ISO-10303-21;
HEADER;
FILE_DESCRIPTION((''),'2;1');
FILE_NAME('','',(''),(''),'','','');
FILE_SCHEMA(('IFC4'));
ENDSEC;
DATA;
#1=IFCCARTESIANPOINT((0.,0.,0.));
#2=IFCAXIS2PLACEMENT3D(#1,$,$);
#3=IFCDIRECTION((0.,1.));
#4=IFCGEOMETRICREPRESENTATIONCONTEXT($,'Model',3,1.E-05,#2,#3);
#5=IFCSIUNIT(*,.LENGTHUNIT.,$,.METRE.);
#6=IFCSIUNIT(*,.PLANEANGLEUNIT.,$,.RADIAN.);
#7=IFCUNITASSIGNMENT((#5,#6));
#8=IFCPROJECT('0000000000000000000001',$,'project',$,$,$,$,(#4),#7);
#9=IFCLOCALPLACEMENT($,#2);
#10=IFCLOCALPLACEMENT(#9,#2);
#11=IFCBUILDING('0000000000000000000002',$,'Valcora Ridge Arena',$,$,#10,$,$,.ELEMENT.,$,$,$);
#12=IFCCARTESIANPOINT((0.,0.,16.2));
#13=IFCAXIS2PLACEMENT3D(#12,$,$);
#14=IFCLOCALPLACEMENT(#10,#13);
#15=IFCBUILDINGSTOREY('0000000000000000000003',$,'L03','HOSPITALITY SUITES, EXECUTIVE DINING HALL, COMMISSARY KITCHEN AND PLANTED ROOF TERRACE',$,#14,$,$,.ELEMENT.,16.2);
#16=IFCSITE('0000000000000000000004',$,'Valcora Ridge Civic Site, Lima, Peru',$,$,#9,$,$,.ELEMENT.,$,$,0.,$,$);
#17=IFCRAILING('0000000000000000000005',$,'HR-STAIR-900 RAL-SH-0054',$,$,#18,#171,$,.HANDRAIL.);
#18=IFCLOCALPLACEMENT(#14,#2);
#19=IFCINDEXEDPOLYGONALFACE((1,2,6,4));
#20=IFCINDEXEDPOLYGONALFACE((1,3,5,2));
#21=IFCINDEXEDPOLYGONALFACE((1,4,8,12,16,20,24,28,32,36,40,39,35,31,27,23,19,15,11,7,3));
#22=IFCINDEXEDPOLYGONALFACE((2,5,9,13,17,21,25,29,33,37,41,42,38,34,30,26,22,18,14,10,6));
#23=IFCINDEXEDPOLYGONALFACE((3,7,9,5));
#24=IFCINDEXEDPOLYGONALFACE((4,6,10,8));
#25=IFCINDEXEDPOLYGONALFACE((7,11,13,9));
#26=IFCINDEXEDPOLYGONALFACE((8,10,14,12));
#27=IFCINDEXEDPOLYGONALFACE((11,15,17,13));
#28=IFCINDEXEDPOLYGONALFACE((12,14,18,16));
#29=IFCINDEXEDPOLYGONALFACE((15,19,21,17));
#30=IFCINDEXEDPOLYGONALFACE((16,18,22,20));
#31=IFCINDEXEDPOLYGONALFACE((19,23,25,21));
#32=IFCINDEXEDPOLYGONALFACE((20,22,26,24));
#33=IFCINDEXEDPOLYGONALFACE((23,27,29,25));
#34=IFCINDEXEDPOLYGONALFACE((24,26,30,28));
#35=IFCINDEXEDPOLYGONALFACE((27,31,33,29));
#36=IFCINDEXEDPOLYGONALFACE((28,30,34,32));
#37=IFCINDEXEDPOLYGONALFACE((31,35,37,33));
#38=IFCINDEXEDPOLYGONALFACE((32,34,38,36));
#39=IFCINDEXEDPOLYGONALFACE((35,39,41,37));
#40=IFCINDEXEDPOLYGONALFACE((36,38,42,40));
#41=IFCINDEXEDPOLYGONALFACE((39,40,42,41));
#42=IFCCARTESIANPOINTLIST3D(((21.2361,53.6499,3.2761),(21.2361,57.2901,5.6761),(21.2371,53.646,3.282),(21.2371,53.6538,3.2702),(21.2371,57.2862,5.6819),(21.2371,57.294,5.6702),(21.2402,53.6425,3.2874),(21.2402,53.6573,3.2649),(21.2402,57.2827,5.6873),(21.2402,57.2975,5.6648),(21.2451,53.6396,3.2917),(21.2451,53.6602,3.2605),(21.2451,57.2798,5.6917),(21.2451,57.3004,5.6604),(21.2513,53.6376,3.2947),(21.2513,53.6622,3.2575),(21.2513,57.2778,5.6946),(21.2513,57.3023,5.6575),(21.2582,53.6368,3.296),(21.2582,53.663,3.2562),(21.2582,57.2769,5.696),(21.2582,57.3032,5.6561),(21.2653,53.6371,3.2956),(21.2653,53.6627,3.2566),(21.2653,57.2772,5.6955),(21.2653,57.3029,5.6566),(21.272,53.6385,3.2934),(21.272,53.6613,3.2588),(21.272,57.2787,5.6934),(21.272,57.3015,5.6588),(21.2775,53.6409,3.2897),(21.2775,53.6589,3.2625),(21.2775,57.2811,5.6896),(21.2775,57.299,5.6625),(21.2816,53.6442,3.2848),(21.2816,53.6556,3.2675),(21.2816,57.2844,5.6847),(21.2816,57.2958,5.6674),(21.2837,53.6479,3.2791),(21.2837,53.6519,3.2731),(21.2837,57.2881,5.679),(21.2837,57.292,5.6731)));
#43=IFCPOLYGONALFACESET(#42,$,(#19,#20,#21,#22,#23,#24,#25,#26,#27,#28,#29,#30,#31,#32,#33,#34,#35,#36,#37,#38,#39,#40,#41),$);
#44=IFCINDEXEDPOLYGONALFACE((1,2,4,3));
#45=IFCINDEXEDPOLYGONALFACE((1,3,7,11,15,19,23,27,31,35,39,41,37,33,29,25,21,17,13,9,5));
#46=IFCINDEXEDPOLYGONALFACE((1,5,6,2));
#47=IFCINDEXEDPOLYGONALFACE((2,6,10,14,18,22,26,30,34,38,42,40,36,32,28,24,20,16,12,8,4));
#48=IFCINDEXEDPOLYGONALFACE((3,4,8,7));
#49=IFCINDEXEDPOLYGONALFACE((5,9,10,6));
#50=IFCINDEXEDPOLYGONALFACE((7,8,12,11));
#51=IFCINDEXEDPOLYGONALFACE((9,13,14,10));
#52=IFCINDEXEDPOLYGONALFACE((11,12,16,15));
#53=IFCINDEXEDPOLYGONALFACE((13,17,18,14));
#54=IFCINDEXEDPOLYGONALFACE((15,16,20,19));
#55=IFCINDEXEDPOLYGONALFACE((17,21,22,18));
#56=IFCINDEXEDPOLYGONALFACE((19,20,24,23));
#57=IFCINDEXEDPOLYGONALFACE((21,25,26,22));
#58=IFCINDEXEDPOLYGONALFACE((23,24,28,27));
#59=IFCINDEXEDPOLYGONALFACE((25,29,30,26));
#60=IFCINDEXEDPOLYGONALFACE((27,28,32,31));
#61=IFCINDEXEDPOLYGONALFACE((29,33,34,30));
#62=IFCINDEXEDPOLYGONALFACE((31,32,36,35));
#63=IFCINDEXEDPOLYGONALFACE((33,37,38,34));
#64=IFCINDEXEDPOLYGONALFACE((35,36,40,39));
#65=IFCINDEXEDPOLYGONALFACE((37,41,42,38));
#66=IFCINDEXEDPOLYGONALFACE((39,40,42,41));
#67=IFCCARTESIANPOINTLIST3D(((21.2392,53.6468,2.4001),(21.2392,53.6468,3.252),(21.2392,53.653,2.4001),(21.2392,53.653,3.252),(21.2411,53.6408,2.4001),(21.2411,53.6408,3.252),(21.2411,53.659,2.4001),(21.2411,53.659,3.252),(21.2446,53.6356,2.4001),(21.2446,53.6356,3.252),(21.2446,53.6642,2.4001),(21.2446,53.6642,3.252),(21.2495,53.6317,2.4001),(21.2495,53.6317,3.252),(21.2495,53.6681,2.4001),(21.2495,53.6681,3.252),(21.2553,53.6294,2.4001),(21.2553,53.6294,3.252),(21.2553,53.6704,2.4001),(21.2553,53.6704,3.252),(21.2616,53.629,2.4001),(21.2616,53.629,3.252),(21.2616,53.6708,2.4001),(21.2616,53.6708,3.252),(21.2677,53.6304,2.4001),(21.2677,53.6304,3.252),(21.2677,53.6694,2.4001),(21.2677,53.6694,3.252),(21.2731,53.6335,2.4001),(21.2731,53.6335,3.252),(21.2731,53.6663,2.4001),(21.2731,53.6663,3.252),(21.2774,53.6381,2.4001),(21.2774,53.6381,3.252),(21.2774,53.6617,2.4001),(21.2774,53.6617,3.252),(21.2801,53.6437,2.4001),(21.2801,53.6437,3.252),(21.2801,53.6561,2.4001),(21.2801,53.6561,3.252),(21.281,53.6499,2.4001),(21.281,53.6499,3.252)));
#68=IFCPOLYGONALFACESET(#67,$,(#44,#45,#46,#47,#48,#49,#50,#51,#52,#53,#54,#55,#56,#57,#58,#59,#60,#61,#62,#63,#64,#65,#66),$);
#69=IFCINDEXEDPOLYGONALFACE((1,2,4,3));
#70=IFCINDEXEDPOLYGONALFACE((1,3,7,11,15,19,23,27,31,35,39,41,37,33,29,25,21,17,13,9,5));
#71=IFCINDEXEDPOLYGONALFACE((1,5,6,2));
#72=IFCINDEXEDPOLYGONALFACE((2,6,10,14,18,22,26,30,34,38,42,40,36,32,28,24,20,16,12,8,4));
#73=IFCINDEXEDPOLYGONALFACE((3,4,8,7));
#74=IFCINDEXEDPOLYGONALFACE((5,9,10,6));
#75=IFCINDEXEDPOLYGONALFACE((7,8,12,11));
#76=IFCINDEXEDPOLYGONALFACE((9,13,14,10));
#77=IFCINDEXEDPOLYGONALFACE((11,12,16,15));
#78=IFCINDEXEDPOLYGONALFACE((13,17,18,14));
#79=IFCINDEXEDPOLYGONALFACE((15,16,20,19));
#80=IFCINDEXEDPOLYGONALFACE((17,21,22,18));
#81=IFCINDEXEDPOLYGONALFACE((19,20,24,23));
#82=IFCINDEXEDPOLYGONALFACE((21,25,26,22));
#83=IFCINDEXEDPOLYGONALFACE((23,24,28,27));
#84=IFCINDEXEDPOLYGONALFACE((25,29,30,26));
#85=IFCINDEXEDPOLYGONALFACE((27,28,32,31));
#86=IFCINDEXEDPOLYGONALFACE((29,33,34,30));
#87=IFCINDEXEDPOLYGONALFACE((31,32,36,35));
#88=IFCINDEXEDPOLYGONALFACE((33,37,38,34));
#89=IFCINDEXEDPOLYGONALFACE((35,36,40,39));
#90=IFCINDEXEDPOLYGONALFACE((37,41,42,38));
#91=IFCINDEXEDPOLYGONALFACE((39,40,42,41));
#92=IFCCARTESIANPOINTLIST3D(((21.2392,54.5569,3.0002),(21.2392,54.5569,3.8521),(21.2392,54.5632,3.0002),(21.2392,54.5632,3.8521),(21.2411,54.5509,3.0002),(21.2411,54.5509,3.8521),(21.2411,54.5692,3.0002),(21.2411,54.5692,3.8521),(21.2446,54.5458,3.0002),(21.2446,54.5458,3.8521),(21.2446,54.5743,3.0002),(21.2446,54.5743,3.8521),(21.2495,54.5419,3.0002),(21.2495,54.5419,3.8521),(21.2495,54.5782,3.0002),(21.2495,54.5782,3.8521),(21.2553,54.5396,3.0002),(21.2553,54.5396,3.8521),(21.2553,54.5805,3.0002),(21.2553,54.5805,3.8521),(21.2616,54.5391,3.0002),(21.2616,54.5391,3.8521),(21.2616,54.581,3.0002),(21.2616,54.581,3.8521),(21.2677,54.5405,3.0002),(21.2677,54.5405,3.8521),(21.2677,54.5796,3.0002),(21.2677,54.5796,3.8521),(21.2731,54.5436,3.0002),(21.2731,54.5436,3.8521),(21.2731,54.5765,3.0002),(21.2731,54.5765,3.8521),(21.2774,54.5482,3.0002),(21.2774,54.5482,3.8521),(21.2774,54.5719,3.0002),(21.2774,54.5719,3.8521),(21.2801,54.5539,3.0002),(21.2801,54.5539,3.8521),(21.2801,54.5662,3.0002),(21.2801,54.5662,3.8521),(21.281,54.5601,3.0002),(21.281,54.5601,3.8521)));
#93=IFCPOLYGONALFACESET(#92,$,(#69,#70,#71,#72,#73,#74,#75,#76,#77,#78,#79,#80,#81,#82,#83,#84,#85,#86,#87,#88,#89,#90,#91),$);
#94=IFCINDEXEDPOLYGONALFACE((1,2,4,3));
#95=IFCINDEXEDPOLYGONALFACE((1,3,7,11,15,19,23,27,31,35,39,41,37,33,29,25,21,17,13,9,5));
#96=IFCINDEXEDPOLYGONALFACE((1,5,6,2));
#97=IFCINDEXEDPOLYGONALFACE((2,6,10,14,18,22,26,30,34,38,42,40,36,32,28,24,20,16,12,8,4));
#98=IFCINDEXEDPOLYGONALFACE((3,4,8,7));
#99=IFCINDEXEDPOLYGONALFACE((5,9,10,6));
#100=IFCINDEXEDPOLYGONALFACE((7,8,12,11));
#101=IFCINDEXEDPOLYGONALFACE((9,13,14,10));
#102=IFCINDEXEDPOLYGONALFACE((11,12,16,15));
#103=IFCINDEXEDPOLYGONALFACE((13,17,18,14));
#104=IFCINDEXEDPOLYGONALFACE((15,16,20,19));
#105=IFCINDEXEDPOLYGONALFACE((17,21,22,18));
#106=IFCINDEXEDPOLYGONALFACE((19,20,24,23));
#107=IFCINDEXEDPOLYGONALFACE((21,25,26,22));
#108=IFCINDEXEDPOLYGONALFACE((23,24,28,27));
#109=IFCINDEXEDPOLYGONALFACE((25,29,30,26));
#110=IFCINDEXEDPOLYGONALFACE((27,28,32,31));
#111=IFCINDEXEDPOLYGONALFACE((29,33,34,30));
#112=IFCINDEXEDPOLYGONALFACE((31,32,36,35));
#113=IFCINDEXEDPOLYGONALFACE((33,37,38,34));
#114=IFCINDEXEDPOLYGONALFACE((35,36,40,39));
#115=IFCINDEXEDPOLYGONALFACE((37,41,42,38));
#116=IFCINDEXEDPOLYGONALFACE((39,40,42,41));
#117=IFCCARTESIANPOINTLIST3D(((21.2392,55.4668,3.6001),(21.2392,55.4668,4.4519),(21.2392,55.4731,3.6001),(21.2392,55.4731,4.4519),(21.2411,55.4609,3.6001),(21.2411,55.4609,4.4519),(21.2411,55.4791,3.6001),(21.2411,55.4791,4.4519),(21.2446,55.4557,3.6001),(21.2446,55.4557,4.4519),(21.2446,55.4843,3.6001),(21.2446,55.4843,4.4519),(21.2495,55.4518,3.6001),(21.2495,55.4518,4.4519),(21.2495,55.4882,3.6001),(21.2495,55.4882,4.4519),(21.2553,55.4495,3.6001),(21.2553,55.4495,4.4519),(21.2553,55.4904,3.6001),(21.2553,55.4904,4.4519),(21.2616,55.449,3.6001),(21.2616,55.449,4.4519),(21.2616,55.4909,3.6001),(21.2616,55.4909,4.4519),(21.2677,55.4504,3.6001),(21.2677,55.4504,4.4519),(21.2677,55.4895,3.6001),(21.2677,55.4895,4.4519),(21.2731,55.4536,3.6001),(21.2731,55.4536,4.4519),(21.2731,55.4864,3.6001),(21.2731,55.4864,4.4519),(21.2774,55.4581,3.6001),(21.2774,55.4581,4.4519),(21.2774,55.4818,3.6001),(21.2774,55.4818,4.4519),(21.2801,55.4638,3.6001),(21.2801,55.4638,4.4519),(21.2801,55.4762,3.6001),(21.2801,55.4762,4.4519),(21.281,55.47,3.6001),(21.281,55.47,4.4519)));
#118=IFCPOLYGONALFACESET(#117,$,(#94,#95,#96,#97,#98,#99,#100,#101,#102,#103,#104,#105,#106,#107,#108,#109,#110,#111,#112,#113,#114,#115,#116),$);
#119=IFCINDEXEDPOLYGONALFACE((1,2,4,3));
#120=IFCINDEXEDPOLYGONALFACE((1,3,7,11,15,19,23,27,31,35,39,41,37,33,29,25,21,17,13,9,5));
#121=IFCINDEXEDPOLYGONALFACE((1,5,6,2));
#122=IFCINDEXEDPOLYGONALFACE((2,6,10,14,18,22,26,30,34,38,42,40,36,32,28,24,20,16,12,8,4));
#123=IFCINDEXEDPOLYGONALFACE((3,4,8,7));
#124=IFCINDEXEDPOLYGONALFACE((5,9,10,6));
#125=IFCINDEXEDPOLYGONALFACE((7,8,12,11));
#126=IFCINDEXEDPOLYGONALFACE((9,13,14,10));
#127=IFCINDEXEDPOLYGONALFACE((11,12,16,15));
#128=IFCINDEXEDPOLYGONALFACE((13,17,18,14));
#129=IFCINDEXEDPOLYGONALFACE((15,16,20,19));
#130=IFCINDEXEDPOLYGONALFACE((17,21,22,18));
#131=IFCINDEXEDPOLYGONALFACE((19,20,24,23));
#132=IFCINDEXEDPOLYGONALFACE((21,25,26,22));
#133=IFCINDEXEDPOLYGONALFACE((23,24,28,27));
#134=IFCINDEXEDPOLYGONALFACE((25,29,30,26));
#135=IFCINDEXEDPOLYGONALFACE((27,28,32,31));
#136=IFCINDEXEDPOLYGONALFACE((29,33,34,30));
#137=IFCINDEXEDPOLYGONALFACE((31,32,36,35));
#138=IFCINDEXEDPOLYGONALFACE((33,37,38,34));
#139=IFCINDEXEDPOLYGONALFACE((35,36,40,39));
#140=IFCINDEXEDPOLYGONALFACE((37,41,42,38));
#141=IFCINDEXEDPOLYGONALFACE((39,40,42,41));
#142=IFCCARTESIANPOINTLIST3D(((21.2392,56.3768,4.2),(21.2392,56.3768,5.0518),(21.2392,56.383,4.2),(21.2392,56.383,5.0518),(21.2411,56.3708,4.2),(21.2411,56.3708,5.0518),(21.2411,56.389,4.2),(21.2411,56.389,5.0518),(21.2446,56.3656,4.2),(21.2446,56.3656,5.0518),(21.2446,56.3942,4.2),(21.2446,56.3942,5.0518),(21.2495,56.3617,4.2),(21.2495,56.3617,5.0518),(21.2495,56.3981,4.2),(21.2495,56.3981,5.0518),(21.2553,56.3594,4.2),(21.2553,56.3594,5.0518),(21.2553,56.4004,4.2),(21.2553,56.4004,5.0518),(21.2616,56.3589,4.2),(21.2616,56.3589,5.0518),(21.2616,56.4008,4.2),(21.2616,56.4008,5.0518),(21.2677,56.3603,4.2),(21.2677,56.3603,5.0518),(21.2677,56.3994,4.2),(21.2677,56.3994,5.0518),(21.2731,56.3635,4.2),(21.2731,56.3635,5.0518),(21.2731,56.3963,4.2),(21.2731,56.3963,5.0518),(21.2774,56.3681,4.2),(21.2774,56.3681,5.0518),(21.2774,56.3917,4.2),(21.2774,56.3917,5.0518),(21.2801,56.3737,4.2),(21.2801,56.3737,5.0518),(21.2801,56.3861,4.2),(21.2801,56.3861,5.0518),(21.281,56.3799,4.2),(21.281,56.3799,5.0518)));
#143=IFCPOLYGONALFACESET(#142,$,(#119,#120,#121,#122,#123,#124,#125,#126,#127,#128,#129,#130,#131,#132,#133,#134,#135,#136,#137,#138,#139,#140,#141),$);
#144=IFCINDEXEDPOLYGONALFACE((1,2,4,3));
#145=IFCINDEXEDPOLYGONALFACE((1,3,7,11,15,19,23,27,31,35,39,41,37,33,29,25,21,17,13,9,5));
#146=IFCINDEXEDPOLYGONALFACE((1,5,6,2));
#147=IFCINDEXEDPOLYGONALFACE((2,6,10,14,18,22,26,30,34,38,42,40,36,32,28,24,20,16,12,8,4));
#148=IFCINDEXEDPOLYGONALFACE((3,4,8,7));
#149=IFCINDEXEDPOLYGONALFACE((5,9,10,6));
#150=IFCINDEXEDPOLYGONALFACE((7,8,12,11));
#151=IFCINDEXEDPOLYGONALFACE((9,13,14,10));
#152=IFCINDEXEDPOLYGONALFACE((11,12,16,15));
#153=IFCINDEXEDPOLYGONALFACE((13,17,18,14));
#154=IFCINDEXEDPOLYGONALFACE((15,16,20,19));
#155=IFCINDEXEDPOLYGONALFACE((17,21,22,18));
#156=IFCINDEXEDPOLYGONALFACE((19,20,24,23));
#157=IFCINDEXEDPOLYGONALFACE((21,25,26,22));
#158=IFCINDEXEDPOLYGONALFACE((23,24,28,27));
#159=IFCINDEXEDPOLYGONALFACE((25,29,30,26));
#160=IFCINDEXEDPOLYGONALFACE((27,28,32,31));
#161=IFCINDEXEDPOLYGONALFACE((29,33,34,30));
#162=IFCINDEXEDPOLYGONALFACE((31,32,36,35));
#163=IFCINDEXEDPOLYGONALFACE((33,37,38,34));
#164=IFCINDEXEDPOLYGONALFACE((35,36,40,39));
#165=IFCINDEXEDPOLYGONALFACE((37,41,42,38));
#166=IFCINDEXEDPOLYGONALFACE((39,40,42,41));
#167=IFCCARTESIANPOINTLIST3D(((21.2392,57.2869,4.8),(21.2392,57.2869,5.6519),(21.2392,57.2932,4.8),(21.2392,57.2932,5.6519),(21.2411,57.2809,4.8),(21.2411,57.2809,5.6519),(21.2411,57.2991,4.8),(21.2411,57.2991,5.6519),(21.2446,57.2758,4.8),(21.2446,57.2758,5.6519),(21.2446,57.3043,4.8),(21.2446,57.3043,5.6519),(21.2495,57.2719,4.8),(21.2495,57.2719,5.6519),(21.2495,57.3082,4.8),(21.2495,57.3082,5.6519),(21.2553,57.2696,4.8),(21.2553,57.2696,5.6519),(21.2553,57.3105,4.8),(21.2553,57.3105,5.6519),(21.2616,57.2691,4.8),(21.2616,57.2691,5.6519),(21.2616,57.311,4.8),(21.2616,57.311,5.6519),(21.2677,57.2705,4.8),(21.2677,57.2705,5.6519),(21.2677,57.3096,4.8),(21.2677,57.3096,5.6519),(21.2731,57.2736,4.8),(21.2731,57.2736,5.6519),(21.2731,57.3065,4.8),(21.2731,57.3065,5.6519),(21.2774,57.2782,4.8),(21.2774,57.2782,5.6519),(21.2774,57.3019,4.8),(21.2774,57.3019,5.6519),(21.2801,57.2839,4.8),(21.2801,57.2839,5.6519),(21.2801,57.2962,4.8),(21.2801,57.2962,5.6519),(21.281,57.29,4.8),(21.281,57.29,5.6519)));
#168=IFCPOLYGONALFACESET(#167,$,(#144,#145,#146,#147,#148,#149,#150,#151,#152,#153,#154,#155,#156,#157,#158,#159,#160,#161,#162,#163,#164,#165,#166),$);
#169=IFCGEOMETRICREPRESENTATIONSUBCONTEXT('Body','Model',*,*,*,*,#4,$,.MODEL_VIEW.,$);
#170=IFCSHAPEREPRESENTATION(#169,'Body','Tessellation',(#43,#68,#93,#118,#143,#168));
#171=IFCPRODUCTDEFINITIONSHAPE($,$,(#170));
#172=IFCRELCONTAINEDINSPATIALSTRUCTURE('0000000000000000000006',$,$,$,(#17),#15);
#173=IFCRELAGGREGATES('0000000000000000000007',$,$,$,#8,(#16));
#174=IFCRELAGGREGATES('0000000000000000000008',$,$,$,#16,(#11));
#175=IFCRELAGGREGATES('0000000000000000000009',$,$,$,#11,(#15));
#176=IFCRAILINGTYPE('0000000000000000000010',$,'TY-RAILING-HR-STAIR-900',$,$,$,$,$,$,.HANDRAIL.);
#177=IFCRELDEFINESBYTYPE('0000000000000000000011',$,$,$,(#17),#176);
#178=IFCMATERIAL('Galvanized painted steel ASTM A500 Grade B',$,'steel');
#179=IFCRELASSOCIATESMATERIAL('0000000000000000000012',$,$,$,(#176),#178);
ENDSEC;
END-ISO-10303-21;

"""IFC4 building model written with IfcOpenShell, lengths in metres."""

from ifc_helpers import new_model, si_unit, direction, frame, origin, origin_2d, place, context, subcontext, project, spatial, circle, extrude, material, type_object, element, save


model = new_model("IFC4")

# Units and contexts
model_context = context("Model", 3, precision=1e-05, world=origin(), true_north=direction((0.0, 1.0)))
body_context = subcontext(model_context, "Body", "Model", "MODEL_VIEW")
ifc_project = project(units=[si_unit("LENGTHUNIT", "METRE"), si_unit("PLANEANGLEUNIT", "RADIAN")], contexts=[model_context])

# Site, building, storey
site_placement = place(None, origin())
site = spatial("IfcSite", under=ifc_project, at=site_placement, Name="Valcora Ridge Civic Site, Lima, Peru", CompositionType="ELEMENT", RefElevation=0.0)
building_placement = place(site_placement, origin())
building = spatial("IfcBuilding", under=site, at=building_placement, Name="Valcora Ridge Arena", CompositionType="ELEMENT")
storey_placement = place(building_placement, frame((0.0, 0.0, 16.2)))
storey = spatial("IfcBuildingStorey", under=building, at=storey_placement, Name="L03", Description="HOSPITALITY SUITES, EXECUTIVE DINING HALL, COMMISSARY KITCHEN AND PLANTED ROOF TERRACE", CompositionType="ELEMENT", Elevation=16.2)

# Railing
ifc_material_1 = material(Name="Galvanized painted steel ASTM A500 Grade B", Category="steel")
railing_type_1 = type_object("IfcRailingType", Name="TY-RAILING-HR-STAIR-900", PredefinedType="HANDRAIL", material=ifc_material_1)
railing_1_placement = place(storey_placement, frame((21.26, 53.6499, 2.4001)))
element("IfcRailing", 1, at=railing_1_placement, inside=storey, type_object=railing_type_1, Name="HR-STAIR-900 RAL-SH-0054", PredefinedType="HANDRAIL", context=body_context, shape_type="SweptSolid", body=[
    extrude(circle(Radius=0.0239, at=origin_2d()), frame((0.0, 0.0, 0.876), z_axis=(0.0, 0.834882, 0.550429), x_axis=(-1.0, 0.0, 0.0)), (0.0, 0.0, 1.0), 4.3601),
    extrude(circle(Radius=0.021, at=origin_2d()), origin(), (0.0, 0.0, 1.0), 0.8518),
    extrude(circle(Radius=0.021, at=origin_2d()), frame((0.0, 0.9102, 0.6001)), (0.0, 0.0, 1.0), 0.8518),
    extrude(circle(Radius=0.021, at=origin_2d()), frame((0.0, 1.8201, 1.2)), (0.0, 0.0, 1.0), 0.8518),
    extrude(circle(Radius=0.021, at=origin_2d()), frame((0.0, 2.73, 1.7998)), (0.0, 0.0, 1.0), 0.8518),
    extrude(circle(Radius=0.021, at=origin_2d()), frame((0.0, 3.6401, 2.3999)), (0.0, 0.0, 1.0), 0.8518),
])

save(model, "model.ifc")
